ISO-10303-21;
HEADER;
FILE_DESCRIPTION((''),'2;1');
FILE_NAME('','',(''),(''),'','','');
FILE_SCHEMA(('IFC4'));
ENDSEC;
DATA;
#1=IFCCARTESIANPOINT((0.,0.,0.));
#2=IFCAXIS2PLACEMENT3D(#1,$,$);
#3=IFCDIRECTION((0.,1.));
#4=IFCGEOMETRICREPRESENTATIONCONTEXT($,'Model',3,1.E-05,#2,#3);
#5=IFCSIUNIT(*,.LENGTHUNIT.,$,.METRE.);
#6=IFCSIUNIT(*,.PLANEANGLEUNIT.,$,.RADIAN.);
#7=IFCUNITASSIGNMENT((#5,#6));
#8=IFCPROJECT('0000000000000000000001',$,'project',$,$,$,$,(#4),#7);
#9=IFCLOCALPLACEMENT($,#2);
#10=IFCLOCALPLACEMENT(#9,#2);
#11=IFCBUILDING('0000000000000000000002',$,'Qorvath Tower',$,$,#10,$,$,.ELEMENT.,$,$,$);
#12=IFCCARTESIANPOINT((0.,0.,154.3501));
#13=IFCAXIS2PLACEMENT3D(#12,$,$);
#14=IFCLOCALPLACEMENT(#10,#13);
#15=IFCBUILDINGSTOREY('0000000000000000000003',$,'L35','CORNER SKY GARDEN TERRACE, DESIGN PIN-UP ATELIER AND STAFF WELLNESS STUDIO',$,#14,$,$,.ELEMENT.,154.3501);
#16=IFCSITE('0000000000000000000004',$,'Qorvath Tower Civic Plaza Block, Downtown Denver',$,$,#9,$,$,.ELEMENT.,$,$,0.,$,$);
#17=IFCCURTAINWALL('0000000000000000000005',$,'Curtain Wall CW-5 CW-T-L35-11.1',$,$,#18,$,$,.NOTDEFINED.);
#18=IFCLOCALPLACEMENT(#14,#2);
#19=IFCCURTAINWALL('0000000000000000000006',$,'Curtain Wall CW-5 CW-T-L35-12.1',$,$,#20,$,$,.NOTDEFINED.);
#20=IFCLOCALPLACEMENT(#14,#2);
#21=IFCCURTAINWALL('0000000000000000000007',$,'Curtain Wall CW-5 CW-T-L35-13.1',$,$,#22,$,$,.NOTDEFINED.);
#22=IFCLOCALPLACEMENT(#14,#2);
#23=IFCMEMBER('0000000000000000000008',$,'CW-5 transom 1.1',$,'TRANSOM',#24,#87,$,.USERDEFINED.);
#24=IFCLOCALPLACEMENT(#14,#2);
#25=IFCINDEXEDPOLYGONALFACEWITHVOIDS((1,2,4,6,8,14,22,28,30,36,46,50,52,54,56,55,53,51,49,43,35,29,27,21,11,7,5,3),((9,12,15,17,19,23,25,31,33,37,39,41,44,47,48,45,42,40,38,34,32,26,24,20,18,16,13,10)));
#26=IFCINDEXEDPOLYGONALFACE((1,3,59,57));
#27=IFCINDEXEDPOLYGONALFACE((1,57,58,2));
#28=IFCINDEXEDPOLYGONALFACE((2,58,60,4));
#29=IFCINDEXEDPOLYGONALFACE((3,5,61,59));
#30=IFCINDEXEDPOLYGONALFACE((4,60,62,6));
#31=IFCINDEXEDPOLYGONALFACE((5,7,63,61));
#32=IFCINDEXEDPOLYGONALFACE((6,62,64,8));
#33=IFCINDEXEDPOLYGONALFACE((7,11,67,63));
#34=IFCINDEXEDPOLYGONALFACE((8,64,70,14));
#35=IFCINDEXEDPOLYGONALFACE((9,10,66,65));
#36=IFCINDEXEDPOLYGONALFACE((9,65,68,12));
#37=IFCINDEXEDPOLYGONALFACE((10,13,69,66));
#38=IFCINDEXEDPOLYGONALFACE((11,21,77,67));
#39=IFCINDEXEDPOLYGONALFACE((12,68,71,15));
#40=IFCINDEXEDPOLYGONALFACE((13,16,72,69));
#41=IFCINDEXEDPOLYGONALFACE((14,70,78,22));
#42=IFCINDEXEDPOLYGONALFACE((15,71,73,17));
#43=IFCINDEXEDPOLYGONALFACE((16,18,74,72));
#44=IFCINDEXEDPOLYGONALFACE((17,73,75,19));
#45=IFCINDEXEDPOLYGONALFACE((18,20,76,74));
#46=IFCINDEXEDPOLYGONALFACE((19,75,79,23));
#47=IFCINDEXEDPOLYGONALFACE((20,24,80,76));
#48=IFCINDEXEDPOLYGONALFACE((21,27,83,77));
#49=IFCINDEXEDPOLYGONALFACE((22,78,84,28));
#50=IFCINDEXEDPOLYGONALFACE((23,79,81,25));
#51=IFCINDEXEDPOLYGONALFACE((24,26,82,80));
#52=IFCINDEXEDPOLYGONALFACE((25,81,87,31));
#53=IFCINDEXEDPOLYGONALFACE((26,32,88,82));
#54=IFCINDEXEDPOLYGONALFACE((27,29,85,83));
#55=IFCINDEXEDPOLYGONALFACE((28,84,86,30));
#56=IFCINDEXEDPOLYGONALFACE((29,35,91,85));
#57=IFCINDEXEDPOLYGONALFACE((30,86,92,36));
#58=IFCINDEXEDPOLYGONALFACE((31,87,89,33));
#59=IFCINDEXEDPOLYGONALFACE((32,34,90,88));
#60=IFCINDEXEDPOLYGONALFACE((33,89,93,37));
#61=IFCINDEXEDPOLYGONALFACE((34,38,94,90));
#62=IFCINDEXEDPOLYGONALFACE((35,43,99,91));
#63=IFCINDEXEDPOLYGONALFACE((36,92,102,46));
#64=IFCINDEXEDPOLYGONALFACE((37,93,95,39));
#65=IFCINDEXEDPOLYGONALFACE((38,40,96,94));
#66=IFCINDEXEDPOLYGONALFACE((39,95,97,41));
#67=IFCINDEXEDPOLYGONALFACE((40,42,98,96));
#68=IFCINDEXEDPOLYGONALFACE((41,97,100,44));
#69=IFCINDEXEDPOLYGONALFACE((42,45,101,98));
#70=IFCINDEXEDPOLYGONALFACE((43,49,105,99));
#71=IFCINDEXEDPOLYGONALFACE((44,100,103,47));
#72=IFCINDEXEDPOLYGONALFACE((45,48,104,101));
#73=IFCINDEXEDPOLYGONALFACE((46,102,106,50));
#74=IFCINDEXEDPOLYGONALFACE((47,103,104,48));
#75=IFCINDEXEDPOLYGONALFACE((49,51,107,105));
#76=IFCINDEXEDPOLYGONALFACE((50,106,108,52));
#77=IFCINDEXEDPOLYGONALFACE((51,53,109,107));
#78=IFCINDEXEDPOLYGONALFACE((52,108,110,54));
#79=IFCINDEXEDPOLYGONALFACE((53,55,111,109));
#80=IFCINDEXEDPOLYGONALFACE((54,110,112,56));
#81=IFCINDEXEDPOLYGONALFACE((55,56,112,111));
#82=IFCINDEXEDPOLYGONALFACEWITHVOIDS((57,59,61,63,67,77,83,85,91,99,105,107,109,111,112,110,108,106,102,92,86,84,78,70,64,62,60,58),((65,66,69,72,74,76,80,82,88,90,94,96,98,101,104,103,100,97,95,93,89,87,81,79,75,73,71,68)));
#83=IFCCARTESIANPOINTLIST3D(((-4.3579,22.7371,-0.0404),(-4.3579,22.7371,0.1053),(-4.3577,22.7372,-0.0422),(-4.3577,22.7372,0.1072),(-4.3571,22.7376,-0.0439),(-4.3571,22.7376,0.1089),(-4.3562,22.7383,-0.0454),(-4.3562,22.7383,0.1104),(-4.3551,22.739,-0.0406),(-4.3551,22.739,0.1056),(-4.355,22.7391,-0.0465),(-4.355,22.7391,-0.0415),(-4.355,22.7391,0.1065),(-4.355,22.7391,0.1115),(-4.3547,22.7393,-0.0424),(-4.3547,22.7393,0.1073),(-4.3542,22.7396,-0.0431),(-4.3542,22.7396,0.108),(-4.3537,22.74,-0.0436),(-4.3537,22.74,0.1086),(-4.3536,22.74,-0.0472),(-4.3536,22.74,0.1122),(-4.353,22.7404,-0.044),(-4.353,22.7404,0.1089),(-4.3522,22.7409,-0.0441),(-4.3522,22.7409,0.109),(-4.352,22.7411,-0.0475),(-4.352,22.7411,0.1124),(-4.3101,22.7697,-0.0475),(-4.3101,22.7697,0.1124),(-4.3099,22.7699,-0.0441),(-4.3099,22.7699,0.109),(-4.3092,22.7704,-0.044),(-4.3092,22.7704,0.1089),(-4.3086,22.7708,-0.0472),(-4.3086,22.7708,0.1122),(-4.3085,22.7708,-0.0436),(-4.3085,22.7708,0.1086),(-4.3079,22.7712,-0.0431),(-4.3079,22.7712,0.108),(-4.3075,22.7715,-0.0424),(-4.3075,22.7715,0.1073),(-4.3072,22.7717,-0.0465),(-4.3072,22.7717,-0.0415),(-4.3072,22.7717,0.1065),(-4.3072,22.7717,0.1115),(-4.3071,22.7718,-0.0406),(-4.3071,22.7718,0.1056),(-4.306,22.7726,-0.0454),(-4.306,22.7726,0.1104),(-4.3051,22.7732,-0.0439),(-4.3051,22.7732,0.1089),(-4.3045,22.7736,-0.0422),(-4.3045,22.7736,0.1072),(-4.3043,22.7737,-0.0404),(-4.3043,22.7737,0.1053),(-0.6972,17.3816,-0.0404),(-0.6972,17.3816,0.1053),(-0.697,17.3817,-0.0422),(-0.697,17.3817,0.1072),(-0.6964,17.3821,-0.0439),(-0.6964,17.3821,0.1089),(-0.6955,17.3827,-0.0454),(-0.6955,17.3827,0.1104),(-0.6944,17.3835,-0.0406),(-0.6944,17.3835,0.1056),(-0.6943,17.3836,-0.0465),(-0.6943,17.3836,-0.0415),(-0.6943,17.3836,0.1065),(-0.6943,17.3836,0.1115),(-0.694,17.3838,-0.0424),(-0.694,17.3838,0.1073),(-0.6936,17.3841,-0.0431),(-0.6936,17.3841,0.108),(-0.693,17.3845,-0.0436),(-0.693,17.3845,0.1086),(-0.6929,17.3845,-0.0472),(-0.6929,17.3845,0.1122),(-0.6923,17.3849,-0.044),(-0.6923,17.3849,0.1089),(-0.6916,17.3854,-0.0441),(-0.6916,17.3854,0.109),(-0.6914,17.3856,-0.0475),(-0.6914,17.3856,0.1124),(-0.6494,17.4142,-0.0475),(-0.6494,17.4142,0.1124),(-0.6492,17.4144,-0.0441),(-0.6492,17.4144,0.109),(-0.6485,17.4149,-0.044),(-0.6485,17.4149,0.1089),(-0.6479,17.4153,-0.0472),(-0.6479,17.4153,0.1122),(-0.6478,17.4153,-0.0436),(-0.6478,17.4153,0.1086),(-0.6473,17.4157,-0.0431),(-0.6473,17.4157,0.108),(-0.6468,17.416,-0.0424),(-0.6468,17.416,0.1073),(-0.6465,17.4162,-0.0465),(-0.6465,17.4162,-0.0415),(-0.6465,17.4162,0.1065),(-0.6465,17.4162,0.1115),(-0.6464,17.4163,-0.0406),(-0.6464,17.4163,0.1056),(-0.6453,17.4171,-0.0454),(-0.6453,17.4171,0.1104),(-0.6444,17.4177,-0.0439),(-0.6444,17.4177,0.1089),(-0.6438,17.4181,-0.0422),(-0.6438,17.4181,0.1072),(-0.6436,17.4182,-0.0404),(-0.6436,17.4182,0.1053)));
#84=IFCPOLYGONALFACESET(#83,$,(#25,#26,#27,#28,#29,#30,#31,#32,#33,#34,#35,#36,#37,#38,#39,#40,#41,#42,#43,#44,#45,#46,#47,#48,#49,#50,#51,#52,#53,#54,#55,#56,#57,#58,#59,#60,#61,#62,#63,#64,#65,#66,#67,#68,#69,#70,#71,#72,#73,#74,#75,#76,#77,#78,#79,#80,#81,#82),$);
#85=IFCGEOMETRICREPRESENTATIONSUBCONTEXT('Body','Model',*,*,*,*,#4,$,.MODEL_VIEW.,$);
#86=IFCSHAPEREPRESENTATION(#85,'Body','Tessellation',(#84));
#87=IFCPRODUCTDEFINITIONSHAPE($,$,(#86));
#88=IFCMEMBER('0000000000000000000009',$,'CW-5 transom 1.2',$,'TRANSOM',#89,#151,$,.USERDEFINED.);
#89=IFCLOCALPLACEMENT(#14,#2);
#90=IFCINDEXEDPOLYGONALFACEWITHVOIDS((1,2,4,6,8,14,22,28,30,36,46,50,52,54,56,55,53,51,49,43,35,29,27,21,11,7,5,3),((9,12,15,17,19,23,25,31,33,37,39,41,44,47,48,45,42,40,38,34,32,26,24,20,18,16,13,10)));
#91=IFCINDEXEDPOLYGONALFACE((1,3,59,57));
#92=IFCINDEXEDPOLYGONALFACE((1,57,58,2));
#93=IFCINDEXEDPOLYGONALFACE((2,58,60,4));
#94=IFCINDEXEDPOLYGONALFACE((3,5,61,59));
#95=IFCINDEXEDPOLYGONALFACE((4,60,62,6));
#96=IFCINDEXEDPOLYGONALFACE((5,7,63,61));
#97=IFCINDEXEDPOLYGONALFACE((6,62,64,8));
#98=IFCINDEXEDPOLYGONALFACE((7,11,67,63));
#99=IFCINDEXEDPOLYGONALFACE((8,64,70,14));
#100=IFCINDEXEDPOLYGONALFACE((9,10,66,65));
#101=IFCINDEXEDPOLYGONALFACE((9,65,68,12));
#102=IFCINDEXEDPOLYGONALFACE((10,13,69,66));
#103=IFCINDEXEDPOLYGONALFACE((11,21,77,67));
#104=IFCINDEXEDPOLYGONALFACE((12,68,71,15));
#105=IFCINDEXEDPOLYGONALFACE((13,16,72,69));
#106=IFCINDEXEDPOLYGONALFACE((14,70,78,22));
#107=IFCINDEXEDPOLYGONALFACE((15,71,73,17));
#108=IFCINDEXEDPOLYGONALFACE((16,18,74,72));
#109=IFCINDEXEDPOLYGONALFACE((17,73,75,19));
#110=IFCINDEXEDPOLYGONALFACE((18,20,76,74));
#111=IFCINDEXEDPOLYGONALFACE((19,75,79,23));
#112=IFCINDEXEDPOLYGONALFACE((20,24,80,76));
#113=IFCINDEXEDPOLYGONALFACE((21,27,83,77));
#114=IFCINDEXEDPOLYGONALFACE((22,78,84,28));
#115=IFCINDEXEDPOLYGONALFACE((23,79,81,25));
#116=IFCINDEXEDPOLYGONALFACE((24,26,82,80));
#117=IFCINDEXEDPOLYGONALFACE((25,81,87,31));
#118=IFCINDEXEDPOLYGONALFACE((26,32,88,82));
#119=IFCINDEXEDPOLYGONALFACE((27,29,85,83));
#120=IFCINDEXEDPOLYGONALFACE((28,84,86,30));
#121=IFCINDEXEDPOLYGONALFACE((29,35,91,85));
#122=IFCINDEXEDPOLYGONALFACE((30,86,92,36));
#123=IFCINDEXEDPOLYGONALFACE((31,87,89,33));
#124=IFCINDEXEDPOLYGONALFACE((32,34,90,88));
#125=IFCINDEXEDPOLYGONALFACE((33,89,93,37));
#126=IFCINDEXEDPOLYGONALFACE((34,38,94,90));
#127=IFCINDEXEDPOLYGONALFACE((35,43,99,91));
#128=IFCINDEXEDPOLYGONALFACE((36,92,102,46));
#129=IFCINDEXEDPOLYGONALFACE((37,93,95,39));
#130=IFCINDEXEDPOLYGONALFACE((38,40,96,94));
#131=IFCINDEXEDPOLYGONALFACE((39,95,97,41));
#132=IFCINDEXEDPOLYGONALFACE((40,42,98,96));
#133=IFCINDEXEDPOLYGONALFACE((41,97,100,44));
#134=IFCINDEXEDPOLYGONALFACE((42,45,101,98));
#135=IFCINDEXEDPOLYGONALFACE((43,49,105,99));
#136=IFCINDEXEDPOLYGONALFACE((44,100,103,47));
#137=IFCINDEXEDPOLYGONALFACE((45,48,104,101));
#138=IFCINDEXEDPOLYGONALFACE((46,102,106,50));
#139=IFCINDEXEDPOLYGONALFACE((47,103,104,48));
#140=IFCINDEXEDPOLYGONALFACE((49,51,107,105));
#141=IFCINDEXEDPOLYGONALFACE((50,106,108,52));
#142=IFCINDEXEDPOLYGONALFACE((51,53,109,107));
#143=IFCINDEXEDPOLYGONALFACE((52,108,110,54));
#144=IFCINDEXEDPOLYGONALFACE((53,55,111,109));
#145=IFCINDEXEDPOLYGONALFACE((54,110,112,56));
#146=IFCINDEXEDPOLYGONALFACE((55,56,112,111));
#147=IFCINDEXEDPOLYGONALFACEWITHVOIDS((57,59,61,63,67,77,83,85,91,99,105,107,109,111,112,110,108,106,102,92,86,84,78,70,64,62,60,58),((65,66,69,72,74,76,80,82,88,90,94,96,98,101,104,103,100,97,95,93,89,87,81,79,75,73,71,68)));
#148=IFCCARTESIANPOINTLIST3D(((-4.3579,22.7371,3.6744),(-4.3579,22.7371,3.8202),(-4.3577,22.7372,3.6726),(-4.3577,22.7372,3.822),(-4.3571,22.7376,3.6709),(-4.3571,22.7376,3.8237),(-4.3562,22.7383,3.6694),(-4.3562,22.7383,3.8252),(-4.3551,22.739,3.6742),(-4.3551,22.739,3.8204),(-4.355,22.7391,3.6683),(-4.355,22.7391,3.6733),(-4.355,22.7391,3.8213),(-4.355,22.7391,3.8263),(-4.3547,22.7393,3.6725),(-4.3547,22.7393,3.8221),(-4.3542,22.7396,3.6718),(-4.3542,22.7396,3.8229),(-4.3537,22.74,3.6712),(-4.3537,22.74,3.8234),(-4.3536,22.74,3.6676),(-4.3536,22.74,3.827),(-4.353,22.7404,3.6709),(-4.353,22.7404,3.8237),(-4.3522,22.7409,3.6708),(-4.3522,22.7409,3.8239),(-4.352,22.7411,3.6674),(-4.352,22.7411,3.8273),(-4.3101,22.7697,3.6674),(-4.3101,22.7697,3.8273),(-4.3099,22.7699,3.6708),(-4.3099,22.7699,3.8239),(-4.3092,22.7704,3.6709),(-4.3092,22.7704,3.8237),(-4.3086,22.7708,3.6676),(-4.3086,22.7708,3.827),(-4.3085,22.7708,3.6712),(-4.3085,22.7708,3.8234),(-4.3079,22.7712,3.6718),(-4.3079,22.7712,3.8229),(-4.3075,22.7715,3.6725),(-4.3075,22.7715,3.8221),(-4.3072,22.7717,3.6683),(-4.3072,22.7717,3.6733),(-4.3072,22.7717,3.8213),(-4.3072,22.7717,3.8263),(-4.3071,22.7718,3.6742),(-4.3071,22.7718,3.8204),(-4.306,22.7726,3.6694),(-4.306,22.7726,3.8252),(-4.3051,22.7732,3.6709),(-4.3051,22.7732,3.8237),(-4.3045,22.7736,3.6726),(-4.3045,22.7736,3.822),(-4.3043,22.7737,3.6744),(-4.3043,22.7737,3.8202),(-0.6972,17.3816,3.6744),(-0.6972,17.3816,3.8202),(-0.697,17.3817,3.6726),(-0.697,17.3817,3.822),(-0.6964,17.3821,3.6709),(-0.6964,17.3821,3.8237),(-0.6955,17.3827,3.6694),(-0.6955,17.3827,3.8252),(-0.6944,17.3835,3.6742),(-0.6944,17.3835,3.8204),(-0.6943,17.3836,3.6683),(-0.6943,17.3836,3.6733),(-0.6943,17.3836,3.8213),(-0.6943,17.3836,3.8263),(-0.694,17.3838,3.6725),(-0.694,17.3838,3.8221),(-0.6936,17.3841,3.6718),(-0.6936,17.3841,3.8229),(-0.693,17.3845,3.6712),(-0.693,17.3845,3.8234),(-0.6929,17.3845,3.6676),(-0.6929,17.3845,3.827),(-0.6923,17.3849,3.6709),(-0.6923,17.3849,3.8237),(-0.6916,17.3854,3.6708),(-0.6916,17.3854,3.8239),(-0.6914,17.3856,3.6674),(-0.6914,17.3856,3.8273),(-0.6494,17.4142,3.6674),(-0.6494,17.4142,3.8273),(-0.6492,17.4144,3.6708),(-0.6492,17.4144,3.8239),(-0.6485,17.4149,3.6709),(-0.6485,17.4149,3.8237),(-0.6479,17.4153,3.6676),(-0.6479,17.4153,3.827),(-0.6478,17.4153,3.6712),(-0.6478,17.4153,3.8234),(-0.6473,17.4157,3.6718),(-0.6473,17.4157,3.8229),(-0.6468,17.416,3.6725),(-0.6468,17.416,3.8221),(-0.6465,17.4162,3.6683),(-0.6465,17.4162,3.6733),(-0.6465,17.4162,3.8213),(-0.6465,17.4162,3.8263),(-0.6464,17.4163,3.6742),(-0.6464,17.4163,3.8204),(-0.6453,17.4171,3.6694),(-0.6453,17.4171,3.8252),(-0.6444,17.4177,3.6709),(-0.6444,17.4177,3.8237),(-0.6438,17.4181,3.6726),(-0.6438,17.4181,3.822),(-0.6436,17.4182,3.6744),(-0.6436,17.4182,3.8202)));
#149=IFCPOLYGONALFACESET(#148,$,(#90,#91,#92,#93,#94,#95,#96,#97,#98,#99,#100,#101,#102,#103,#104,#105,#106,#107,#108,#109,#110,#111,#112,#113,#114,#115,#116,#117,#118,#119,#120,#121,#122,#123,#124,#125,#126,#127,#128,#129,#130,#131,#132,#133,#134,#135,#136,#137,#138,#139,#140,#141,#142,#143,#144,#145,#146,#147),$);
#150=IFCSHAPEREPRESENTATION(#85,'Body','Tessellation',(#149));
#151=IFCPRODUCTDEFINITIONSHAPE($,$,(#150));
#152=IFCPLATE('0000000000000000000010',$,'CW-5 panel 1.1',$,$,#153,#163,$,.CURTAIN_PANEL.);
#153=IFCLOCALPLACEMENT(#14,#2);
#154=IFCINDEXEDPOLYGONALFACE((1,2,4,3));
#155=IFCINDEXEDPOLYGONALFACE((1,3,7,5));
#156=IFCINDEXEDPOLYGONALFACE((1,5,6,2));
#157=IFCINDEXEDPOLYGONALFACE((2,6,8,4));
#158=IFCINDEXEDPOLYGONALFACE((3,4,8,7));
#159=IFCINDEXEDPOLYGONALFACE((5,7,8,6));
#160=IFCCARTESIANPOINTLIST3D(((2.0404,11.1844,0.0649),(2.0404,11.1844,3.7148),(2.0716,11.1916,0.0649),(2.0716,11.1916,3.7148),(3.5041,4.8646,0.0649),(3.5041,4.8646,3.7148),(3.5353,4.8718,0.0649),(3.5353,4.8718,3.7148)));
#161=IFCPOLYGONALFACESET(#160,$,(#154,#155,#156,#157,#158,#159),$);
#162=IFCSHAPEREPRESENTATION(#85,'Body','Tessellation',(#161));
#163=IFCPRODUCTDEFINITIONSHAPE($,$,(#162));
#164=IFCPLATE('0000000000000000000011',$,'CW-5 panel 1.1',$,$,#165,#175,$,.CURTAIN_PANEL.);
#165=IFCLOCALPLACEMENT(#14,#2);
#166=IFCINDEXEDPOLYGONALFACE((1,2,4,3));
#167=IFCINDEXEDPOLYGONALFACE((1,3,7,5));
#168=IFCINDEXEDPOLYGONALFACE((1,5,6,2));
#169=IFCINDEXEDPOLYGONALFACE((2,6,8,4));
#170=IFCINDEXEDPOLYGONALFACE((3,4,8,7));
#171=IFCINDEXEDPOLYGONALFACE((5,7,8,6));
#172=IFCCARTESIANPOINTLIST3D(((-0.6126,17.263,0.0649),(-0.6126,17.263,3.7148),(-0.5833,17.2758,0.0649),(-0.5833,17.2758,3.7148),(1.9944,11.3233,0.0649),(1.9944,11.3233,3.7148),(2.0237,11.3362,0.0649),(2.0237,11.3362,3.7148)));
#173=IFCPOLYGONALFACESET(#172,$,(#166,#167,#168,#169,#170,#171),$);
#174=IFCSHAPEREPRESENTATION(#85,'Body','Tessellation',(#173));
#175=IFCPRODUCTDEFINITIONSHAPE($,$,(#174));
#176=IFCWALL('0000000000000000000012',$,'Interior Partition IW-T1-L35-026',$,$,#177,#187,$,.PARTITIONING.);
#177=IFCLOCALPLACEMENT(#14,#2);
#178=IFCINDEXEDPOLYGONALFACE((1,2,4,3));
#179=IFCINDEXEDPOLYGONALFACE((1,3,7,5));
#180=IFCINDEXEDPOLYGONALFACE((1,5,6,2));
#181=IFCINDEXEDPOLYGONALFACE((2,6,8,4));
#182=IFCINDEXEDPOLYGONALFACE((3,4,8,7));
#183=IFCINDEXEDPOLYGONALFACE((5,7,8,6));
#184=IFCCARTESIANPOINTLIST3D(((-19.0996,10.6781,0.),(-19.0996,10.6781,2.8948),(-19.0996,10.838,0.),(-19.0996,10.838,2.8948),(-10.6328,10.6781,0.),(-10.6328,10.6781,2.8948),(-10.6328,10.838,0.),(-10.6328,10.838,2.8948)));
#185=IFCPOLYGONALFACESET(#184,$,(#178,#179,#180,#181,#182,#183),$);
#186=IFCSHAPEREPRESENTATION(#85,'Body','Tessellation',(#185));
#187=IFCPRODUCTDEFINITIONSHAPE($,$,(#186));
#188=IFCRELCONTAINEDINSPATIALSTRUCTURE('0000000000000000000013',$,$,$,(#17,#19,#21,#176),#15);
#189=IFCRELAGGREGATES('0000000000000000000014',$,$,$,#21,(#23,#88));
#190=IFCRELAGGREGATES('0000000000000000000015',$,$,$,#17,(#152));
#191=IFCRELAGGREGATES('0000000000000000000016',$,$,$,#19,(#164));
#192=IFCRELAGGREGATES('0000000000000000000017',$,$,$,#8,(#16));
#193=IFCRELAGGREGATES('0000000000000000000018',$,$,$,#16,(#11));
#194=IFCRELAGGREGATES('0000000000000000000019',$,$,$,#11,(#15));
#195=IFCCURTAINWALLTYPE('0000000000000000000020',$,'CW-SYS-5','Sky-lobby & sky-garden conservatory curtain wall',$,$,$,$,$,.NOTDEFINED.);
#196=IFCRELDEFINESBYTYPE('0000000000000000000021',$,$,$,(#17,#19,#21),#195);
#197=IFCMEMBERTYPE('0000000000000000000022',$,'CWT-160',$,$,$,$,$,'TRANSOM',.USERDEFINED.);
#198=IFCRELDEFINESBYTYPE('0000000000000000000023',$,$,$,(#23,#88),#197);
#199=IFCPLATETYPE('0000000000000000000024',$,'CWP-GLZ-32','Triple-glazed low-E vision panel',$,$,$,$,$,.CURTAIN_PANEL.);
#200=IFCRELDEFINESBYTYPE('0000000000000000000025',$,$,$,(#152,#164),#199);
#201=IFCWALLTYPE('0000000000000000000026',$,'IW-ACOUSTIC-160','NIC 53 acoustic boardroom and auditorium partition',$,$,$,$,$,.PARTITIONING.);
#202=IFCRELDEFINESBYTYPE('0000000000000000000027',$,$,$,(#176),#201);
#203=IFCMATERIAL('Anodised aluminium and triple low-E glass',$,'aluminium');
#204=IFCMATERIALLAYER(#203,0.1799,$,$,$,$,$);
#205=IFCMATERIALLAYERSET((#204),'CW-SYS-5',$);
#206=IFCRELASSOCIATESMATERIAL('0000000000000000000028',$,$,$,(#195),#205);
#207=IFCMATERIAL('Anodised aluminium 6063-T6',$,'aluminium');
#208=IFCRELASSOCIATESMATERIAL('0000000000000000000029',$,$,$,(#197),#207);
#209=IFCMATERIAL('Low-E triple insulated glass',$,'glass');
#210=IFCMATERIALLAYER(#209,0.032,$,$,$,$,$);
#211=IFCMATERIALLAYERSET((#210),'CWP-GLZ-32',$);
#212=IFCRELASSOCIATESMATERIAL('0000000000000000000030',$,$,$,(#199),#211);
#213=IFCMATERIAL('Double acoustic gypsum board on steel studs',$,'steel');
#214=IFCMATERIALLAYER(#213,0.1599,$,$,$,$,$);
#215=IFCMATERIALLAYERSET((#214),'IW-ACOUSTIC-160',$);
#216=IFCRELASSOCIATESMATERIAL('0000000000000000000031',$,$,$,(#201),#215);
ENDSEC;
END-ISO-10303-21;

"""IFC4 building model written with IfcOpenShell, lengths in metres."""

from ifc_helpers import new_model, si_unit, direction, frame, frame_2d, origin, origin_2d, place, context, subcontext, project, spatial, rectangle, hollow_rectangle, extrude, material, layer, layer_set, material_profile, profile_set, type_object, element, aggregate, save


model = new_model("IFC4")

# Units and contexts
model_context = context("Model", 3, precision=1e-05, world=origin(), true_north=direction((0.0, 1.0)))
body_context = subcontext(model_context, "Body", "Model", "MODEL_VIEW")
ifc_project = project(units=[si_unit("LENGTHUNIT", "METRE"), si_unit("PLANEANGLEUNIT", "RADIAN")], contexts=[model_context])

# Site, building, storey
site_placement = place(None, origin())
site = spatial("IfcSite", under=ifc_project, at=site_placement, Name="Qorvath Tower Civic Plaza Block, Downtown Denver", CompositionType="ELEMENT", RefElevation=0.0)
building_placement = place(site_placement, origin())
building = spatial("IfcBuilding", under=site, at=building_placement, Name="Qorvath Tower", CompositionType="ELEMENT")
storey_placement = place(building_placement, frame((0.0, 0.0, 154.3501)))
storey = spatial("IfcBuildingStorey", under=building, at=storey_placement, Name="L35", Description="CORNER SKY GARDEN TERRACE, DESIGN PIN-UP ATELIER AND STAFF WELLNESS STUDIO", CompositionType="ELEMENT", Elevation=154.3501)

# Curtain wall
ifc_material_1 = material(Name="Anodised aluminium and triple low-E glass", Category="aluminium")
ifc_layer_1 = layer(ifc_material_1, 0.1799)
ifc_layer_set_1 = layer_set([ifc_layer_1], Name="CW-SYS-5")
curtain_wall_type = type_object("IfcCurtainWallType", Name="CW-SYS-5", Description="Sky-lobby & sky-garden conservatory curtain wall", PredefinedType="NOTDEFINED", material=ifc_layer_set_1)
curtain_wall_1_placement = place(storey_placement, origin())
curtain_wall_1 = element("IfcCurtainWall", 1, at=curtain_wall_1_placement, inside=storey, type_object=curtain_wall_type, Name="Curtain Wall CW-5 CW-T-L35-11.1", PredefinedType="NOTDEFINED")

# Curtain wall
curtain_wall_2_placement = place(storey_placement, origin())
curtain_wall_2 = element("IfcCurtainWall", 2, at=curtain_wall_2_placement, inside=storey, type_object=curtain_wall_type, Name="Curtain Wall CW-5 CW-T-L35-12.1", PredefinedType="NOTDEFINED")

# Curtain wall
curtain_wall_3_placement = place(storey_placement, origin())
curtain_wall_3 = element("IfcCurtainWall", 3, at=curtain_wall_3_placement, inside=storey, type_object=curtain_wall_type, Name="Curtain Wall CW-5 CW-T-L35-13.1", PredefinedType="NOTDEFINED")

# Members
ifc_material_2 = material(Name="Anodised aluminium 6063-T6", Category="aluminium")
ifc_material_profile_1 = material_profile(ifc_material_2, hollow_rectangle(XDim=0.0649, YDim=0.1599, WallThickness=0.0034, InnerFilletRadius=0.0034, OuterFilletRadius=0.0071, at=origin_2d()), Name="CWT 160x65")
ifc_profile_set_1 = profile_set([ifc_material_profile_1], Name="Anodised aluminium 6063-T6")
member_type_1 = type_object("IfcMemberType", Name="CWT-160", ElementType="TRANSOM", PredefinedType="USERDEFINED", material=ifc_profile_set_1)
member_1_placement = place(storey_placement, frame((-0.6704, 17.3999, 0.0325), z_axis=(-0.564303, 0.825567, 0.0), x_axis=(-0.825567, -0.564303, 0.0)))
member_1 = element("IfcMember", 4, at=member_1_placement, type_object=member_type_1, Name="CW-5 transom 1.1", ObjectType="TRANSOM", PredefinedType="USERDEFINED", context=body_context, shape_type="SweptSolid", body=[
    extrude(hollow_rectangle(XDim=0.0649, YDim=0.1599, WallThickness=0.0034, InnerFilletRadius=0.0034, OuterFilletRadius=0.0071, at=origin_2d()), origin(), (0.0, 0.0, 1.0), 6.4871),
])
member_2_placement = place(storey_placement, frame((-0.6704, 17.3999, 3.7473), z_axis=(-0.564303, 0.825567, 0.0), x_axis=(-0.825567, -0.564303, 0.0)))
member_2 = element("IfcMember", 5, at=member_2_placement, type_object=member_type_1, Name="CW-5 transom 1.2", ObjectType="TRANSOM", PredefinedType="USERDEFINED", context=body_context, shape_type="SweptSolid", body=[
    extrude(hollow_rectangle(XDim=0.0649, YDim=0.1599, WallThickness=0.0034, InnerFilletRadius=0.0034, OuterFilletRadius=0.0071, at=origin_2d()), origin(), (0.0, 0.0, 1.0), 6.4871),
])
aggregate(curtain_wall_3, [member_1, member_2])

# Plates
ifc_material_3 = material(Name="Low-E triple insulated glass", Category="glass")
ifc_layer_2 = layer(ifc_material_3, 0.032)
ifc_layer_set_2 = layer_set([ifc_layer_2], Name="CWP-GLZ-32")
plate_type = type_object("IfcPlateType", Name="CWP-GLZ-32", Description="Triple-glazed low-E vision panel", PredefinedType="CURTAIN_PANEL", material=ifc_layer_set_2)
plate_1_placement = place(storey_placement, frame((2.7878, 8.0281, 0.0649), z_axis=(0.0, 0.0, 1.0), x_axis=(-0.225631, 0.974213, 0.0)))
plate_1 = element("IfcPlate", 6, at=plate_1_placement, type_object=plate_type, Name="CW-5 panel 1.1", PredefinedType="CURTAIN_PANEL", context=body_context, shape_type="SweptSolid", body=[
    extrude(rectangle(XDim=6.4871, YDim=0.032, at=origin_2d()), origin(), (0.0, 0.0, 1.0), 3.6499),
])
aggregate(curtain_wall_1, [plate_1])
plate_2_placement = place(storey_placement, frame((0.7056, 14.2996, 0.0649), z_axis=(0.0, 0.0, 1.0), x_axis=(-0.401902, 0.915683, 0.0)))
plate_2 = element("IfcPlate", 7, at=plate_2_placement, type_object=plate_type, Name="CW-5 panel 1.1", PredefinedType="CURTAIN_PANEL", context=body_context, shape_type="SweptSolid", body=[
    extrude(rectangle(XDim=6.4866, YDim=0.032, at=origin_2d()), origin(), (0.0, 0.0, 1.0), 3.6499),
])
aggregate(curtain_wall_2, [plate_2])

# Wall
ifc_material_4 = material(Name="Double acoustic gypsum board on steel studs", Category="steel")
ifc_layer_3 = layer(ifc_material_4, 0.1599)
ifc_layer_set_3 = layer_set([ifc_layer_3], Name="IW-ACOUSTIC-160")
wall_type_1 = type_object("IfcWallType", Name="IW-ACOUSTIC-160", Description="NIC 53 acoustic boardroom and auditorium partition", PredefinedType="PARTITIONING", material=ifc_layer_set_3)
wall_1_placement = place(storey_placement, frame((-19.0996, 10.7581, 0.0), z_axis=(0.0, 0.0, 1.0), x_axis=(1.0, 0.0, 0.0)))
element("IfcWall", 8, at=wall_1_placement, inside=storey, type_object=wall_type_1, Name="Interior Partition IW-T1-L35-026", PredefinedType="PARTITIONING", context=body_context, shape_type="SweptSolid", body=[
    extrude(rectangle(XDim=8.4668, YDim=0.1599, at=frame_2d((4.2334, 0.0))), origin(), (0.0, 0.0, 1.0), 2.8948),
])

save(model, "model.ifc")
